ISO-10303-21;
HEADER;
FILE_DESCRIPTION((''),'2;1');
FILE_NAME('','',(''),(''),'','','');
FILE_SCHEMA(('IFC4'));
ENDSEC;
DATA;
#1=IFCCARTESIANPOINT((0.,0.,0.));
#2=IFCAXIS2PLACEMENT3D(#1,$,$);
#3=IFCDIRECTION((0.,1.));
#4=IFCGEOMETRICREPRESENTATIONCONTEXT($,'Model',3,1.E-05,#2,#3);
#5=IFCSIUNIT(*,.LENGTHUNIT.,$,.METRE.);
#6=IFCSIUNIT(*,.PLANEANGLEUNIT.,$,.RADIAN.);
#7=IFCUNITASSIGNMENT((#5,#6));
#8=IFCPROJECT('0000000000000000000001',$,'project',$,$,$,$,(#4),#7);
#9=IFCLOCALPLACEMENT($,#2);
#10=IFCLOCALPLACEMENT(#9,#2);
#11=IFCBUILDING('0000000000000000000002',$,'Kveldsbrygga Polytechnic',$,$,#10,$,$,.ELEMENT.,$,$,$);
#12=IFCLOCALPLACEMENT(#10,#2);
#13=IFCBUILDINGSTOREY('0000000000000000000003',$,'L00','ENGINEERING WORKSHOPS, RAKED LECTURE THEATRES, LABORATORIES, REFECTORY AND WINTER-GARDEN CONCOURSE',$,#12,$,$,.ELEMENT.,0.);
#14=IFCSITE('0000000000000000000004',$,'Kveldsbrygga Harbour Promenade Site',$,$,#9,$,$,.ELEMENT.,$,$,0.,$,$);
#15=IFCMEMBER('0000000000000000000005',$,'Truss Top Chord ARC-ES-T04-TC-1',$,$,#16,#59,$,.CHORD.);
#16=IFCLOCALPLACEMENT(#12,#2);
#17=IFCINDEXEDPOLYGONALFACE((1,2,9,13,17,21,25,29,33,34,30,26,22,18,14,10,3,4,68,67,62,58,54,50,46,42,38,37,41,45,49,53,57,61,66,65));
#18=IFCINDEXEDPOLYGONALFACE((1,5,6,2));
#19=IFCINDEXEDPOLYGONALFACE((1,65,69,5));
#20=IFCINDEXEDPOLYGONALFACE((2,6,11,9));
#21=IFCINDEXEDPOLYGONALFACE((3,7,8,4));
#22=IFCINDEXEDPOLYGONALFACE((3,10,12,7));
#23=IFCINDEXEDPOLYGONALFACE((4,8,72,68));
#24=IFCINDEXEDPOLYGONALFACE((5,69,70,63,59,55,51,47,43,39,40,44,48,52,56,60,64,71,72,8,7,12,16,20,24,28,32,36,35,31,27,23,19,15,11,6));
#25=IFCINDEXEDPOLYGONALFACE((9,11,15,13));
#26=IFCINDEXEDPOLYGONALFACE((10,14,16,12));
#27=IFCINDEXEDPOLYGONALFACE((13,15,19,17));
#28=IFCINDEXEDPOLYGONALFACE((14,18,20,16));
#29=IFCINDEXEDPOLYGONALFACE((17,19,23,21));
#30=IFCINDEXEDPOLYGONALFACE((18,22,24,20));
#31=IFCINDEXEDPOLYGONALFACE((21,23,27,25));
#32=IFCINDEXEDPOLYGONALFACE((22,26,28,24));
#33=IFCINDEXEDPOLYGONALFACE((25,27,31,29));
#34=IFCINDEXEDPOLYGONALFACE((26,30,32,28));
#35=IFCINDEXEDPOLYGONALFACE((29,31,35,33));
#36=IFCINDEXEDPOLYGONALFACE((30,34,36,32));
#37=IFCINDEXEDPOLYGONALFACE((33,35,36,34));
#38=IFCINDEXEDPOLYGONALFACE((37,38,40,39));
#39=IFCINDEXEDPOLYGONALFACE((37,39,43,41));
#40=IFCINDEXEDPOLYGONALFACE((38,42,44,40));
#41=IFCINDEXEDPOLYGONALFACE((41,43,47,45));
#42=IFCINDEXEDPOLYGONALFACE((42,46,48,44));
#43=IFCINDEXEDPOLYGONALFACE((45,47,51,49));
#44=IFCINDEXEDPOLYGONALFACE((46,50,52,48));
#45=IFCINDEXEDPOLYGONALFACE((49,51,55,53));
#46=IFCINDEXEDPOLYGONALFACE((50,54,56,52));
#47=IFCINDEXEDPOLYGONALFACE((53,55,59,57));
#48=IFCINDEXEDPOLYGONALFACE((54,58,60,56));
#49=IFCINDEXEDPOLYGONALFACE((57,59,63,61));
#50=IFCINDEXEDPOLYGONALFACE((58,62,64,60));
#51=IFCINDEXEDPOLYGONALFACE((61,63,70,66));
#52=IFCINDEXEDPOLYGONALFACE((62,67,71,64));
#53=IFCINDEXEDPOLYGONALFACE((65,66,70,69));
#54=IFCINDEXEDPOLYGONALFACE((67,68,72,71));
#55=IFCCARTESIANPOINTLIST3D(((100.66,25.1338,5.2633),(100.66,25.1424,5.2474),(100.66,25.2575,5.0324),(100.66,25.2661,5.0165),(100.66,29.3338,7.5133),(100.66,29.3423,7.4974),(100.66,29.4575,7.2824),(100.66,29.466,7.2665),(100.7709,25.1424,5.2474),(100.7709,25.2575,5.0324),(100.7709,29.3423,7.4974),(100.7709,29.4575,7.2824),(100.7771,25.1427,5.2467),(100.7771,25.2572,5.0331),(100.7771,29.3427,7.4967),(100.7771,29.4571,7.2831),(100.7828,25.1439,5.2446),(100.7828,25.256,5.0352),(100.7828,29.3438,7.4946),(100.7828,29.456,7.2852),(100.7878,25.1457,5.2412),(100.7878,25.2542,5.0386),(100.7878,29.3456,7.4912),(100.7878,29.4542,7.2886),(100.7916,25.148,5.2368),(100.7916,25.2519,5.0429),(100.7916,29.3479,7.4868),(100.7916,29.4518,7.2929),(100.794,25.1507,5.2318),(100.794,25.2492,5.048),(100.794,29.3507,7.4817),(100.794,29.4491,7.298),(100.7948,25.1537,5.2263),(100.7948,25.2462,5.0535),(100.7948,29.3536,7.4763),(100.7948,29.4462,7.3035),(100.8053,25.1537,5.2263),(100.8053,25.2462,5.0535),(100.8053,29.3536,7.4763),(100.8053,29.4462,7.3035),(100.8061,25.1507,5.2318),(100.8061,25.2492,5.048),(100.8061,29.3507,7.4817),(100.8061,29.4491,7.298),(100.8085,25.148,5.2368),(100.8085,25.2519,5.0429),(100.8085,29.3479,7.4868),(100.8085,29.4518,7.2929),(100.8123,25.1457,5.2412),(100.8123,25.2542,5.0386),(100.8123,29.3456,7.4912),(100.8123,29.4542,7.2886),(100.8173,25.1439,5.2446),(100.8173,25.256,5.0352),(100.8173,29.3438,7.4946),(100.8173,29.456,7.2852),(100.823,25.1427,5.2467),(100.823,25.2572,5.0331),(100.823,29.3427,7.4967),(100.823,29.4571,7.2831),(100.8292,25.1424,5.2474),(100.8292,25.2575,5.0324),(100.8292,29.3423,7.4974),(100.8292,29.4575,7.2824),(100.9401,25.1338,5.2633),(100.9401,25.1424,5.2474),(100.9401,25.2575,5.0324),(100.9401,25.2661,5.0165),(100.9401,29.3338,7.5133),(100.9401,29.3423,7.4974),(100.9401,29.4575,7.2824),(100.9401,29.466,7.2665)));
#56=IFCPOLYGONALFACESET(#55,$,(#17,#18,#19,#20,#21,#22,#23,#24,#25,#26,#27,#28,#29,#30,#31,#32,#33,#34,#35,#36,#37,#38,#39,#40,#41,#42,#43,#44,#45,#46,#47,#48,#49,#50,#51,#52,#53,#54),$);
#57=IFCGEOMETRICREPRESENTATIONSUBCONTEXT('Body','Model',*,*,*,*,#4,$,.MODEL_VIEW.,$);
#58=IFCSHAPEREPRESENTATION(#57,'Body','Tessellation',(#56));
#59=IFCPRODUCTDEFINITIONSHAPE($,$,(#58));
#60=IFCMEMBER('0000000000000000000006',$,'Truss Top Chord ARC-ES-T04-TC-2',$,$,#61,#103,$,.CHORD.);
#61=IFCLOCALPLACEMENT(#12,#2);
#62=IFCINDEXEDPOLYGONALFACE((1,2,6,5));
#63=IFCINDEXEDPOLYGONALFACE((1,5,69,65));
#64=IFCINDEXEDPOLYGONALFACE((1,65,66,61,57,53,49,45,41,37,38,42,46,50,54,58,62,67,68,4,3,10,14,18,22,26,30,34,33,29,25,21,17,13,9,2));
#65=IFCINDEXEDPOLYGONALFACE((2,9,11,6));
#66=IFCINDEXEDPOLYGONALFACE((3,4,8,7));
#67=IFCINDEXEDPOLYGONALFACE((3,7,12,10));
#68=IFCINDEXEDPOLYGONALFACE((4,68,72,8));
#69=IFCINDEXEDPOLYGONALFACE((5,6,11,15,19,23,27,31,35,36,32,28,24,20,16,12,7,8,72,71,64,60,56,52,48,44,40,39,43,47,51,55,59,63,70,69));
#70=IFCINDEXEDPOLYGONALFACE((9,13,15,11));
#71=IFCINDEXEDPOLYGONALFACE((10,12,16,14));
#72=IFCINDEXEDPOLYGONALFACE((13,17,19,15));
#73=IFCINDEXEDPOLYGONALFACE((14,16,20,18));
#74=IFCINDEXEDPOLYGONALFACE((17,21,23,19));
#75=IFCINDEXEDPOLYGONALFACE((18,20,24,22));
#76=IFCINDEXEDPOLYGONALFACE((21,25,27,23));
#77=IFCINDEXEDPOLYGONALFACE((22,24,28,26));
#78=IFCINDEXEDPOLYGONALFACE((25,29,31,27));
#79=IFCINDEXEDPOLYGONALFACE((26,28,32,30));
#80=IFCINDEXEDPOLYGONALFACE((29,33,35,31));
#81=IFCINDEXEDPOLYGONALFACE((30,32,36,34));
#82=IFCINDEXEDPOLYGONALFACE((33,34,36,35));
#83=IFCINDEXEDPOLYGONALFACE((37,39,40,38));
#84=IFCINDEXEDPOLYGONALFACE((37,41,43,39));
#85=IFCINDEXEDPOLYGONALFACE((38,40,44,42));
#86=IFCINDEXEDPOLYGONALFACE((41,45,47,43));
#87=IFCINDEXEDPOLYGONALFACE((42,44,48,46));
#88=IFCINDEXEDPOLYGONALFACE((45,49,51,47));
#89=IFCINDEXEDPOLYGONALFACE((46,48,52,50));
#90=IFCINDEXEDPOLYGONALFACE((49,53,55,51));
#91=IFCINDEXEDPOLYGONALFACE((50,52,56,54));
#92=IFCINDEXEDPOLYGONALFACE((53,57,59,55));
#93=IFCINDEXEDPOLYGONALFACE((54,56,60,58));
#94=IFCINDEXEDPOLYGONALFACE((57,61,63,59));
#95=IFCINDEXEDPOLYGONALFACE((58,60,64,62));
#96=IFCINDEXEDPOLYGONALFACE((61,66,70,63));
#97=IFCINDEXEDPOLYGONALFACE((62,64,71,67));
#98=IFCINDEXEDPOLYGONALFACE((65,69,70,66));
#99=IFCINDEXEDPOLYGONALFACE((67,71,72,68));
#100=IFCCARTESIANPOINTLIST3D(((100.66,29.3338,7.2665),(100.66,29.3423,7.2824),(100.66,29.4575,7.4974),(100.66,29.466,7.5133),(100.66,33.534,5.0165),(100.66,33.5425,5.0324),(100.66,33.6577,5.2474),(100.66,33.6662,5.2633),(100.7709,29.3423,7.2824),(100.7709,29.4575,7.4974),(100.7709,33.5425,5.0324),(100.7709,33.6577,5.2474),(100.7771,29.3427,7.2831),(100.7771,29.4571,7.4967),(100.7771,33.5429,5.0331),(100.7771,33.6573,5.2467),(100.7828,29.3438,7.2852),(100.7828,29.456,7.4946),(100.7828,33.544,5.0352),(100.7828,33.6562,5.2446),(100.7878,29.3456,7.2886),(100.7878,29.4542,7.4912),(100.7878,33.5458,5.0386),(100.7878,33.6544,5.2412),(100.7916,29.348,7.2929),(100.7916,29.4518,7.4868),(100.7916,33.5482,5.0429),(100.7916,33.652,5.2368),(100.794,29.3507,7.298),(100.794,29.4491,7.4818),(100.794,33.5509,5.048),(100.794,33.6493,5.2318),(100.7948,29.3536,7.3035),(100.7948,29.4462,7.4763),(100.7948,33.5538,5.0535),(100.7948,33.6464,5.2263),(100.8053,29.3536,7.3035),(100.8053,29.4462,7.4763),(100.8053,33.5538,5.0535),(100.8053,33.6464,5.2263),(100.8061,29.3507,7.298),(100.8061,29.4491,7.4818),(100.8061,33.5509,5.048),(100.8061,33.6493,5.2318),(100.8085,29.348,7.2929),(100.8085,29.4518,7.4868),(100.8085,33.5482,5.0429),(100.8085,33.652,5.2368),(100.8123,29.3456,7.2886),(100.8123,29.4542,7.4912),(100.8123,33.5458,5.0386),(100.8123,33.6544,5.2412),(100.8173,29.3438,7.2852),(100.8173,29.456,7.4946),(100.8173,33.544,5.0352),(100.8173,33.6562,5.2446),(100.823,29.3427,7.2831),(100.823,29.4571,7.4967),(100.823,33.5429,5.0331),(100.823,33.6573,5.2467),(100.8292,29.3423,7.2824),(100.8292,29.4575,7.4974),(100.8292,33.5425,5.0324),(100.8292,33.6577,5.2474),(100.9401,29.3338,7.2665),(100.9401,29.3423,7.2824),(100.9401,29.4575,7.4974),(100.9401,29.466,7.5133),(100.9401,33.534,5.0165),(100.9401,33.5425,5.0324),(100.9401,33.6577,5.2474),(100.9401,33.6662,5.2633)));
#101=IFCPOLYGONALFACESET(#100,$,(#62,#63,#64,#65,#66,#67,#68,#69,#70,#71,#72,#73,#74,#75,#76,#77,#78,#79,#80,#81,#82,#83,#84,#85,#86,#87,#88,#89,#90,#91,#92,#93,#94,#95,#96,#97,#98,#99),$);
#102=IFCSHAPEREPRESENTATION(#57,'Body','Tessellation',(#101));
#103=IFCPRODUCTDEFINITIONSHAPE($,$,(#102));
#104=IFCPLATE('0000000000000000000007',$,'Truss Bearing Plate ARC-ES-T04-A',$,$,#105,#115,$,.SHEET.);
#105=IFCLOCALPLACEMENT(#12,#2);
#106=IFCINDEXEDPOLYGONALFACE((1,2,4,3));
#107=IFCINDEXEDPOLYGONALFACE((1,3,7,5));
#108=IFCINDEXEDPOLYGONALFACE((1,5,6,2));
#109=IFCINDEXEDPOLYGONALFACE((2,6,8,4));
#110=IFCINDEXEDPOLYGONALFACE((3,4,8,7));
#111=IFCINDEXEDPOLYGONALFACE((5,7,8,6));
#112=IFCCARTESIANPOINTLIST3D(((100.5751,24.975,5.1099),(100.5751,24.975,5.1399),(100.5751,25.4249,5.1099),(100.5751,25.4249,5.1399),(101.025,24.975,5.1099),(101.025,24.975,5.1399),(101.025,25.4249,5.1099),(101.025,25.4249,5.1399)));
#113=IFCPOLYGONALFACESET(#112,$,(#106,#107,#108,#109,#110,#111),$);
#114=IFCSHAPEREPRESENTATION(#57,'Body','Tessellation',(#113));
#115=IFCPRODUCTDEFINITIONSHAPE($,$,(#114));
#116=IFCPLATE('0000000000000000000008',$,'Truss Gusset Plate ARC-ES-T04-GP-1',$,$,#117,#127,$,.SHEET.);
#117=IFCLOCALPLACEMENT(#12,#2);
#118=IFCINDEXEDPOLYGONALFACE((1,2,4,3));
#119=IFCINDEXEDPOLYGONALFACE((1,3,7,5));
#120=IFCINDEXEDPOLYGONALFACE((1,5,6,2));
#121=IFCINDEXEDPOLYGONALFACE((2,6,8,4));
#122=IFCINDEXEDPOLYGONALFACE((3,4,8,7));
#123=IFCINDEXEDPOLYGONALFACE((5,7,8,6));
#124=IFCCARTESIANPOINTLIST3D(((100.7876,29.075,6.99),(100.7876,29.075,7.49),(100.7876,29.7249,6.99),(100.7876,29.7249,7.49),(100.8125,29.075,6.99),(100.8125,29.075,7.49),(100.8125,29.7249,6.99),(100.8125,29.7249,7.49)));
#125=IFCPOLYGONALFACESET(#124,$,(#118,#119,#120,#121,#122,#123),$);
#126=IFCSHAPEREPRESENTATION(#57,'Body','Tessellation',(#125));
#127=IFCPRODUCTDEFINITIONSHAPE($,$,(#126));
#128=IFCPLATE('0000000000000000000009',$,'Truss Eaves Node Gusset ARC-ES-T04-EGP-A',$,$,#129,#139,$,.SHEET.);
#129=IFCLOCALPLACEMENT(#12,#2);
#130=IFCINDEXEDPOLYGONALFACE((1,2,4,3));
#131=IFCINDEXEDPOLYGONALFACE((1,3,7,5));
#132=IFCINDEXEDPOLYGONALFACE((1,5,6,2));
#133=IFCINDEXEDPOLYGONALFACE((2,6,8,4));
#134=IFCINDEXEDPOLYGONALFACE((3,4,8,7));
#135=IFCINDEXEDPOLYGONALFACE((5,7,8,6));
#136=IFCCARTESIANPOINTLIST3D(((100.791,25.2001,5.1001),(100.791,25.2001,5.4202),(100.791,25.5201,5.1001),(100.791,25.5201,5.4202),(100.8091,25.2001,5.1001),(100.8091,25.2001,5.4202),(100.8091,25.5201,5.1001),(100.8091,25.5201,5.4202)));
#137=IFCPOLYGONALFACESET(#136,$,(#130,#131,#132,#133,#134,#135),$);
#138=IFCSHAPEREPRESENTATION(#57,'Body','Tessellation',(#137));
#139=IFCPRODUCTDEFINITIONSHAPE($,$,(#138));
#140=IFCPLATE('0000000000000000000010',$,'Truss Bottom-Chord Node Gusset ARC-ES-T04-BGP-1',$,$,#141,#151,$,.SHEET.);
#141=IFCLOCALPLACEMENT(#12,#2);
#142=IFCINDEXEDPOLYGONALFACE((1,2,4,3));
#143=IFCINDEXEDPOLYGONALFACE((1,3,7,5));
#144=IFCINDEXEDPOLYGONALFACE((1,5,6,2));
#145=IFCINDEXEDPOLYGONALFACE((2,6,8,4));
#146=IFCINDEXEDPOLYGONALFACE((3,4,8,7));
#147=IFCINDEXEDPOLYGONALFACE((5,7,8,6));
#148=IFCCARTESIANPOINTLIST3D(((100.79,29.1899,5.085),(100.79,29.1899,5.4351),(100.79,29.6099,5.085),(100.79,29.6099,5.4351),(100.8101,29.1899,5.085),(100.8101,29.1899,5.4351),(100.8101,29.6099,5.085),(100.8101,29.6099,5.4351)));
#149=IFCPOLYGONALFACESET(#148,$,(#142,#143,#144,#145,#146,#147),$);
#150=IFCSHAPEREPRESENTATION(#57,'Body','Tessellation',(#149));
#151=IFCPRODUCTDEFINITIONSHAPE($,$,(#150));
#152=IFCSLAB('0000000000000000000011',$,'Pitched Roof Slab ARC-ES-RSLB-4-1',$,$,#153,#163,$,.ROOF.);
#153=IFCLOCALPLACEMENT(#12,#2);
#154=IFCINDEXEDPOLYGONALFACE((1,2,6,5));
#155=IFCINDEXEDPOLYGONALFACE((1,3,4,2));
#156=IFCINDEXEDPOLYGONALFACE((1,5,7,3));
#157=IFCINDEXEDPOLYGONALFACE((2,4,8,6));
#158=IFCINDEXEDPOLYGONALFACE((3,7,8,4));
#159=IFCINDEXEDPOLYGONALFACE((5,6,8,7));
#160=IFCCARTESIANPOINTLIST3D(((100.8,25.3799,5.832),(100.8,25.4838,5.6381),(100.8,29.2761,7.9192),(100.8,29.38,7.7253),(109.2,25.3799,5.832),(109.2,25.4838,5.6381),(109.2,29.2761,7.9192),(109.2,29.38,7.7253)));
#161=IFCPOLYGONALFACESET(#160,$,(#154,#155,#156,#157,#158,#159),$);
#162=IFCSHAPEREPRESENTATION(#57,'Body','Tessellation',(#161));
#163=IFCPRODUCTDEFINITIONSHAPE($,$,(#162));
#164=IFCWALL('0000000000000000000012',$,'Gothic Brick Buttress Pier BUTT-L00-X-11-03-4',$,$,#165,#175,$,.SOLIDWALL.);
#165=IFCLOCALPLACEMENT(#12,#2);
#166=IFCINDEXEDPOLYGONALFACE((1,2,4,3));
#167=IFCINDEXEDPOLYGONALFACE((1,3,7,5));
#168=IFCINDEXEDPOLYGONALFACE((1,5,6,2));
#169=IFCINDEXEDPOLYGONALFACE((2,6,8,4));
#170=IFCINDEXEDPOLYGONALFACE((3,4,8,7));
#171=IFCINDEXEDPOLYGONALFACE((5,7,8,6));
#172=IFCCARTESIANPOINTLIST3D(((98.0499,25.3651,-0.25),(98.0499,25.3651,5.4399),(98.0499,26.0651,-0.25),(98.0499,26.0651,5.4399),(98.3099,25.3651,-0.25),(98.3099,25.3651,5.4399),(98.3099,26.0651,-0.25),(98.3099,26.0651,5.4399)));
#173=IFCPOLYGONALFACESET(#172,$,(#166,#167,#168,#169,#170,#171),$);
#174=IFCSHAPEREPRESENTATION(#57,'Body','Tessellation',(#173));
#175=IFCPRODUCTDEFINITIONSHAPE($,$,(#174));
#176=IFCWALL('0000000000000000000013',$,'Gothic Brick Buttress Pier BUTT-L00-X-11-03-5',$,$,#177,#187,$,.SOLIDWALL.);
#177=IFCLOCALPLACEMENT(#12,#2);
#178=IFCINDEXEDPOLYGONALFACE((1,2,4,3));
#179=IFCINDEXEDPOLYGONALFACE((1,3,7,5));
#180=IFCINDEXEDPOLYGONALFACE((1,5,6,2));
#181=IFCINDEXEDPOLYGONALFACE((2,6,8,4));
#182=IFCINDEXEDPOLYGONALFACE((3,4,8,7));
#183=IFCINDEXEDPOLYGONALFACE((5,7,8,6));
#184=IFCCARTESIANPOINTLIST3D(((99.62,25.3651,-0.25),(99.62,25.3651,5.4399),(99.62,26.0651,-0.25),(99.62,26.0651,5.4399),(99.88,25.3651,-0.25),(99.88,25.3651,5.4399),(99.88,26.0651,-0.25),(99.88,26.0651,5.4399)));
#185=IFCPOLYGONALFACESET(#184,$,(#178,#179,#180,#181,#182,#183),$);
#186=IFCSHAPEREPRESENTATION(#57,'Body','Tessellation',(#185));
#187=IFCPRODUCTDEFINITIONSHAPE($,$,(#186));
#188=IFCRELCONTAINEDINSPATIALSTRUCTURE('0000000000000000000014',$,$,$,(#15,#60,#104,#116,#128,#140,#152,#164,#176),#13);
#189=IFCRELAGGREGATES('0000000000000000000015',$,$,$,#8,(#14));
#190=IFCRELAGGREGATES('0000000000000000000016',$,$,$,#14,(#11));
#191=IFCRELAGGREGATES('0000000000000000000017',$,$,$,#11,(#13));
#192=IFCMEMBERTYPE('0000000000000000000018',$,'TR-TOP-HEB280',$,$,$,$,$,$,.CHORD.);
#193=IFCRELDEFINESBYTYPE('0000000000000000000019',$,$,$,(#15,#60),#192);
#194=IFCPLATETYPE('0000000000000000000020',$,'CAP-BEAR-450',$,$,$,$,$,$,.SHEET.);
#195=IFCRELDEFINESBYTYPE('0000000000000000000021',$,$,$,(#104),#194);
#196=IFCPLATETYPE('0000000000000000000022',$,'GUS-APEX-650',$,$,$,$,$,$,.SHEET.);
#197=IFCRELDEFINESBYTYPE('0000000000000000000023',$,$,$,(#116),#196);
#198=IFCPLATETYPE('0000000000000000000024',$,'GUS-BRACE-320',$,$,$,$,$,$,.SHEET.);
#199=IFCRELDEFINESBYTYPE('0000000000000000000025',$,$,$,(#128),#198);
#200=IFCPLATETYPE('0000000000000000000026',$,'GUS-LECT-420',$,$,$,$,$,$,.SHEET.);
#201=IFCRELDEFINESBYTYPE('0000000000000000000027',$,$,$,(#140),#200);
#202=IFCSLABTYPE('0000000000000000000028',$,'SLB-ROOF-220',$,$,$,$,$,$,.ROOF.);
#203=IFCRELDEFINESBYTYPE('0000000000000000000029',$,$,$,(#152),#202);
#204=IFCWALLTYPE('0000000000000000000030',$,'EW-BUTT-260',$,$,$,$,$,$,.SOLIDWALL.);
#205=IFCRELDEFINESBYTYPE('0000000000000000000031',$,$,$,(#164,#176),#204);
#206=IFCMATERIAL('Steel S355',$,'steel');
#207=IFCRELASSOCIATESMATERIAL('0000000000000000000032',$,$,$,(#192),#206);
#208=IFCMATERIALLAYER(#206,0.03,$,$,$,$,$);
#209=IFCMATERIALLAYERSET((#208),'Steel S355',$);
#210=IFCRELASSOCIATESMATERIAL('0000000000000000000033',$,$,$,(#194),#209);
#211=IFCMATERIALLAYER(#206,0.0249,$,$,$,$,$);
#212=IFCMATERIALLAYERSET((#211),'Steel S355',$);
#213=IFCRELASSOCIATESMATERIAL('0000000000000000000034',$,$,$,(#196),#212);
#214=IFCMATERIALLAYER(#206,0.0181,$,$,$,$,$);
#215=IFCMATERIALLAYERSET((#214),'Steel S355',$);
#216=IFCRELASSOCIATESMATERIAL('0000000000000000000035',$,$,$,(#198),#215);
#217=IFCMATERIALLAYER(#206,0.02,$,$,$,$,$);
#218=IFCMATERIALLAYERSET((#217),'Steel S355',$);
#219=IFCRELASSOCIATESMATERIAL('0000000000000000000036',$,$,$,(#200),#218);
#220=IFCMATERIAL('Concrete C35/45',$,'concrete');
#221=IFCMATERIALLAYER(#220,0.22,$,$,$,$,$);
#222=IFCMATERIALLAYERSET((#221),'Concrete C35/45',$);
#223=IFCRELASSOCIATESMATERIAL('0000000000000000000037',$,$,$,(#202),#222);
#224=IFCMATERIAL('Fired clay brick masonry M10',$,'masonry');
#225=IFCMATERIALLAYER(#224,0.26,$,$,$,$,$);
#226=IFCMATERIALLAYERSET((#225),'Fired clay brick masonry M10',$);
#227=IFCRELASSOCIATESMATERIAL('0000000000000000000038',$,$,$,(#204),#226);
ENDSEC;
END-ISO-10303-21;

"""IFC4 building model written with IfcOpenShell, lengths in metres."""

from ifc_helpers import new_model, si_unit, direction, frame, frame_2d, origin, origin_2d, place, context, subcontext, project, spatial, polyline, rectangle, i_section, outline, extrude, material, layer, layer_set, material_profile, profile_set, type_object, element, save


model = new_model("IFC4")

# Units and contexts
model_context = context("Model", 3, precision=1e-05, world=origin(), true_north=direction((0.0, 1.0)))
body_context = subcontext(model_context, "Body", "Model", "MODEL_VIEW")
ifc_project = project(units=[si_unit("LENGTHUNIT", "METRE"), si_unit("PLANEANGLEUNIT", "RADIAN")], contexts=[model_context])

# Site, building, storey
site_placement = place(None, origin())
site = spatial("IfcSite", under=ifc_project, at=site_placement, Name="Kveldsbrygga Harbour Promenade Site", CompositionType="ELEMENT", RefElevation=0.0)
building_placement = place(site_placement, origin())
building = spatial("IfcBuilding", under=site, at=building_placement, Name="Kveldsbrygga Polytechnic", CompositionType="ELEMENT")
storey_placement = place(building_placement, origin())
storey = spatial("IfcBuildingStorey", under=building, at=storey_placement, Name="L00", Description="ENGINEERING WORKSHOPS, RAKED LECTURE THEATRES, LABORATORIES, REFECTORY AND WINTER-GARDEN CONCOURSE", CompositionType="ELEMENT", Elevation=0.0)

# Shared definitions
ifc_material_1 = material(Name="Concrete C35/45", Category="concrete")

# Members
ifc_material_2 = material(Name="Steel S355", Category="steel")
ifc_material_profile_1 = material_profile(ifc_material_2, i_section(OverallWidth=0.28, OverallDepth=0.28, WebThickness=0.0105, FlangeThickness=0.0181, FilletRadius=0.0239, at=origin_2d()), Name="HEB 280")
ifc_profile_set_1 = profile_set([ifc_material_profile_1], Name="Steel S355")
member_type_1 = type_object("IfcMemberType", Name="TR-TOP-HEB280", PredefinedType="CHORD", material=ifc_profile_set_1)
member_1_placement = place(storey_placement, frame((100.8, 25.2, 5.1399), z_axis=(0.0, 0.881478, 0.472226), x_axis=(-1.0, 0.0, 0.0)))
element("IfcMember", 1, at=member_1_placement, inside=storey, type_object=member_type_1, Name="Truss Top Chord ARC-ES-T04-TC-1", PredefinedType="CHORD", context=body_context, shape_type="SweptSolid", body=[
    extrude(i_section(OverallWidth=0.28, OverallDepth=0.28, WebThickness=0.0105, FlangeThickness=0.0181, FilletRadius=0.0239, at=origin_2d()), origin(), (0.0, 0.0, 1.0), 4.7646),
])
member_2_placement = place(storey_placement, frame((100.8, 29.3999, 7.3899), z_axis=(0.0, 0.881489, -0.472204), x_axis=(-1.0, 0.0, 0.0)))
element("IfcMember", 2, at=member_2_placement, inside=storey, type_object=member_type_1, Name="Truss Top Chord ARC-ES-T04-TC-2", PredefinedType="CHORD", context=body_context, shape_type="SweptSolid", body=[
    extrude(i_section(OverallWidth=0.28, OverallDepth=0.28, WebThickness=0.0105, FlangeThickness=0.0181, FilletRadius=0.0239, at=origin_2d()), origin(), (0.0, 0.0, 1.0), 4.7649),
])

# Plates
ifc_layer_1 = layer(ifc_material_2, 0.03)
ifc_layer_set_1 = layer_set([ifc_layer_1], Name="Steel S355")
plate_type_1 = type_object("IfcPlateType", Name="CAP-BEAR-450", PredefinedType="SHEET", material=ifc_layer_set_1)
plate_1_placement = place(storey_placement, frame((100.8, 25.2, 5.1099), z_axis=(0.0, 0.0, 1.0), x_axis=(1.0, 0.0, 0.0)))
element("IfcPlate", 3, at=plate_1_placement, inside=storey, type_object=plate_type_1, Name="Truss Bearing Plate ARC-ES-T04-A", PredefinedType="SHEET", context=body_context, shape_type="SweptSolid", body=[
    extrude(rectangle(XDim=0.45, YDim=0.45, at=origin_2d()), origin(), (0.0, 0.0, 1.0), 0.03),
])
ifc_layer_2 = layer(ifc_material_2, 0.0249)
ifc_layer_set_2 = layer_set([ifc_layer_2], Name="Steel S355")
plate_type_2 = type_object("IfcPlateType", Name="GUS-APEX-650", PredefinedType="SHEET", material=ifc_layer_set_2)
plate_2_placement = place(storey_placement, frame((100.8, 29.3999, 6.99), z_axis=(0.0, 0.0, 1.0), x_axis=(1.0, 0.0, 0.0)))
element("IfcPlate", 4, at=plate_2_placement, inside=storey, type_object=plate_type_2, Name="Truss Gusset Plate ARC-ES-T04-GP-1", PredefinedType="SHEET", context=body_context, shape_type="SweptSolid", body=[
    extrude(rectangle(XDim=0.0249, YDim=0.6499, at=origin_2d()), origin(), (0.0, 0.0, 1.0), 0.5),
])
ifc_layer_3 = layer(ifc_material_2, 0.0181)
ifc_layer_set_3 = layer_set([ifc_layer_3], Name="Steel S355")
plate_type_3 = type_object("IfcPlateType", Name="GUS-BRACE-320", PredefinedType="SHEET", material=ifc_layer_set_3)
plate_3_placement = place(storey_placement, frame((100.8, 25.3601, 5.1001), z_axis=(0.0, 0.0, 1.0), x_axis=(1.0, 0.0, 0.0)))
element("IfcPlate", 5, at=plate_3_placement, inside=storey, type_object=plate_type_3, Name="Truss Eaves Node Gusset ARC-ES-T04-EGP-A", PredefinedType="SHEET", context=body_context, shape_type="SweptSolid", body=[
    extrude(rectangle(XDim=0.0181, YDim=0.3201, at=origin_2d()), origin(), (0.0, 0.0, 1.0), 0.3201),
])
ifc_layer_4 = layer(ifc_material_2, 0.02)
ifc_layer_set_4 = layer_set([ifc_layer_4], Name="Steel S355")
plate_type_4 = type_object("IfcPlateType", Name="GUS-LECT-420", PredefinedType="SHEET", material=ifc_layer_set_4)
plate_4_placement = place(storey_placement, frame((100.8, 29.3999, 5.085), z_axis=(0.0, 0.0, 1.0), x_axis=(1.0, 0.0, 0.0)))
element("IfcPlate", 6, at=plate_4_placement, inside=storey, type_object=plate_type_4, Name="Truss Bottom-Chord Node Gusset ARC-ES-T04-BGP-1", PredefinedType="SHEET", context=body_context, shape_type="SweptSolid", body=[
    extrude(rectangle(XDim=0.02, YDim=0.4199, at=origin_2d()), origin(), (0.0, 0.0, 1.0), 0.3501),
])

# Slab
ifc_layer_5 = layer(ifc_material_1, 0.22)
ifc_layer_set_5 = layer_set([ifc_layer_5], Name="Concrete C35/45")
slab_type = type_object("IfcSlabType", Name="SLB-ROOF-220", PredefinedType="ROOF", material=ifc_layer_set_5)
slab_placement = place(storey_placement, frame((100.8, 25.3799, 5.832), z_axis=(0.0, -0.472201, 0.881491), x_axis=(1.0, 0.0, 0.0)))
element("IfcSlab", 7, at=slab_placement, inside=storey, type_object=slab_type, Name="Pitched Roof Slab ARC-ES-RSLB-4-1", PredefinedType="ROOF", context=body_context, shape_type="SweptSolid", body=[
    extrude(outline(polyline([(0.0, 0.0), (8.3999, 0.0), (8.3999, 4.4201), (0.0, 4.4201), (0.0, 0.0)])), origin(), (0.0, 0.0, -1.0), 0.22),
])

# Walls
ifc_material_3 = material(Name="Fired clay brick masonry M10", Category="masonry")
ifc_layer_6 = layer(ifc_material_3, 0.26)
ifc_layer_set_6 = layer_set([ifc_layer_6], Name="Fired clay brick masonry M10")
wall_type = type_object("IfcWallType", Name="EW-BUTT-260", PredefinedType="SOLIDWALL", material=ifc_layer_set_6)
for number, where, z_axis, x_axis, name in (
    (8, (98.1799, 25.365, -0.25), (0.0, 0.0, 1.0), (0.0, 1.0, 0.0), "Gothic Brick Buttress Pier BUTT-L00-X-11-03-4"),
    (9, (99.75, 25.365, -0.25), (0.0, 0.0, 1.0), (0.0, 1.0, 0.0), "Gothic Brick Buttress Pier BUTT-L00-X-11-03-5"),
):
    element("IfcWall", number, at=place(storey_placement, frame(where, z_axis=z_axis, x_axis=x_axis)), inside=storey, type_object=wall_type, Name=name, PredefinedType="SOLIDWALL", context=body_context, shape_type="SweptSolid", body=[
        extrude(rectangle(XDim=0.7, YDim=0.26, at=frame_2d((0.3501, 0.0))), origin(), (0.0, 0.0, 1.0), 5.6899),
    ])

save(model, "model.ifc")
